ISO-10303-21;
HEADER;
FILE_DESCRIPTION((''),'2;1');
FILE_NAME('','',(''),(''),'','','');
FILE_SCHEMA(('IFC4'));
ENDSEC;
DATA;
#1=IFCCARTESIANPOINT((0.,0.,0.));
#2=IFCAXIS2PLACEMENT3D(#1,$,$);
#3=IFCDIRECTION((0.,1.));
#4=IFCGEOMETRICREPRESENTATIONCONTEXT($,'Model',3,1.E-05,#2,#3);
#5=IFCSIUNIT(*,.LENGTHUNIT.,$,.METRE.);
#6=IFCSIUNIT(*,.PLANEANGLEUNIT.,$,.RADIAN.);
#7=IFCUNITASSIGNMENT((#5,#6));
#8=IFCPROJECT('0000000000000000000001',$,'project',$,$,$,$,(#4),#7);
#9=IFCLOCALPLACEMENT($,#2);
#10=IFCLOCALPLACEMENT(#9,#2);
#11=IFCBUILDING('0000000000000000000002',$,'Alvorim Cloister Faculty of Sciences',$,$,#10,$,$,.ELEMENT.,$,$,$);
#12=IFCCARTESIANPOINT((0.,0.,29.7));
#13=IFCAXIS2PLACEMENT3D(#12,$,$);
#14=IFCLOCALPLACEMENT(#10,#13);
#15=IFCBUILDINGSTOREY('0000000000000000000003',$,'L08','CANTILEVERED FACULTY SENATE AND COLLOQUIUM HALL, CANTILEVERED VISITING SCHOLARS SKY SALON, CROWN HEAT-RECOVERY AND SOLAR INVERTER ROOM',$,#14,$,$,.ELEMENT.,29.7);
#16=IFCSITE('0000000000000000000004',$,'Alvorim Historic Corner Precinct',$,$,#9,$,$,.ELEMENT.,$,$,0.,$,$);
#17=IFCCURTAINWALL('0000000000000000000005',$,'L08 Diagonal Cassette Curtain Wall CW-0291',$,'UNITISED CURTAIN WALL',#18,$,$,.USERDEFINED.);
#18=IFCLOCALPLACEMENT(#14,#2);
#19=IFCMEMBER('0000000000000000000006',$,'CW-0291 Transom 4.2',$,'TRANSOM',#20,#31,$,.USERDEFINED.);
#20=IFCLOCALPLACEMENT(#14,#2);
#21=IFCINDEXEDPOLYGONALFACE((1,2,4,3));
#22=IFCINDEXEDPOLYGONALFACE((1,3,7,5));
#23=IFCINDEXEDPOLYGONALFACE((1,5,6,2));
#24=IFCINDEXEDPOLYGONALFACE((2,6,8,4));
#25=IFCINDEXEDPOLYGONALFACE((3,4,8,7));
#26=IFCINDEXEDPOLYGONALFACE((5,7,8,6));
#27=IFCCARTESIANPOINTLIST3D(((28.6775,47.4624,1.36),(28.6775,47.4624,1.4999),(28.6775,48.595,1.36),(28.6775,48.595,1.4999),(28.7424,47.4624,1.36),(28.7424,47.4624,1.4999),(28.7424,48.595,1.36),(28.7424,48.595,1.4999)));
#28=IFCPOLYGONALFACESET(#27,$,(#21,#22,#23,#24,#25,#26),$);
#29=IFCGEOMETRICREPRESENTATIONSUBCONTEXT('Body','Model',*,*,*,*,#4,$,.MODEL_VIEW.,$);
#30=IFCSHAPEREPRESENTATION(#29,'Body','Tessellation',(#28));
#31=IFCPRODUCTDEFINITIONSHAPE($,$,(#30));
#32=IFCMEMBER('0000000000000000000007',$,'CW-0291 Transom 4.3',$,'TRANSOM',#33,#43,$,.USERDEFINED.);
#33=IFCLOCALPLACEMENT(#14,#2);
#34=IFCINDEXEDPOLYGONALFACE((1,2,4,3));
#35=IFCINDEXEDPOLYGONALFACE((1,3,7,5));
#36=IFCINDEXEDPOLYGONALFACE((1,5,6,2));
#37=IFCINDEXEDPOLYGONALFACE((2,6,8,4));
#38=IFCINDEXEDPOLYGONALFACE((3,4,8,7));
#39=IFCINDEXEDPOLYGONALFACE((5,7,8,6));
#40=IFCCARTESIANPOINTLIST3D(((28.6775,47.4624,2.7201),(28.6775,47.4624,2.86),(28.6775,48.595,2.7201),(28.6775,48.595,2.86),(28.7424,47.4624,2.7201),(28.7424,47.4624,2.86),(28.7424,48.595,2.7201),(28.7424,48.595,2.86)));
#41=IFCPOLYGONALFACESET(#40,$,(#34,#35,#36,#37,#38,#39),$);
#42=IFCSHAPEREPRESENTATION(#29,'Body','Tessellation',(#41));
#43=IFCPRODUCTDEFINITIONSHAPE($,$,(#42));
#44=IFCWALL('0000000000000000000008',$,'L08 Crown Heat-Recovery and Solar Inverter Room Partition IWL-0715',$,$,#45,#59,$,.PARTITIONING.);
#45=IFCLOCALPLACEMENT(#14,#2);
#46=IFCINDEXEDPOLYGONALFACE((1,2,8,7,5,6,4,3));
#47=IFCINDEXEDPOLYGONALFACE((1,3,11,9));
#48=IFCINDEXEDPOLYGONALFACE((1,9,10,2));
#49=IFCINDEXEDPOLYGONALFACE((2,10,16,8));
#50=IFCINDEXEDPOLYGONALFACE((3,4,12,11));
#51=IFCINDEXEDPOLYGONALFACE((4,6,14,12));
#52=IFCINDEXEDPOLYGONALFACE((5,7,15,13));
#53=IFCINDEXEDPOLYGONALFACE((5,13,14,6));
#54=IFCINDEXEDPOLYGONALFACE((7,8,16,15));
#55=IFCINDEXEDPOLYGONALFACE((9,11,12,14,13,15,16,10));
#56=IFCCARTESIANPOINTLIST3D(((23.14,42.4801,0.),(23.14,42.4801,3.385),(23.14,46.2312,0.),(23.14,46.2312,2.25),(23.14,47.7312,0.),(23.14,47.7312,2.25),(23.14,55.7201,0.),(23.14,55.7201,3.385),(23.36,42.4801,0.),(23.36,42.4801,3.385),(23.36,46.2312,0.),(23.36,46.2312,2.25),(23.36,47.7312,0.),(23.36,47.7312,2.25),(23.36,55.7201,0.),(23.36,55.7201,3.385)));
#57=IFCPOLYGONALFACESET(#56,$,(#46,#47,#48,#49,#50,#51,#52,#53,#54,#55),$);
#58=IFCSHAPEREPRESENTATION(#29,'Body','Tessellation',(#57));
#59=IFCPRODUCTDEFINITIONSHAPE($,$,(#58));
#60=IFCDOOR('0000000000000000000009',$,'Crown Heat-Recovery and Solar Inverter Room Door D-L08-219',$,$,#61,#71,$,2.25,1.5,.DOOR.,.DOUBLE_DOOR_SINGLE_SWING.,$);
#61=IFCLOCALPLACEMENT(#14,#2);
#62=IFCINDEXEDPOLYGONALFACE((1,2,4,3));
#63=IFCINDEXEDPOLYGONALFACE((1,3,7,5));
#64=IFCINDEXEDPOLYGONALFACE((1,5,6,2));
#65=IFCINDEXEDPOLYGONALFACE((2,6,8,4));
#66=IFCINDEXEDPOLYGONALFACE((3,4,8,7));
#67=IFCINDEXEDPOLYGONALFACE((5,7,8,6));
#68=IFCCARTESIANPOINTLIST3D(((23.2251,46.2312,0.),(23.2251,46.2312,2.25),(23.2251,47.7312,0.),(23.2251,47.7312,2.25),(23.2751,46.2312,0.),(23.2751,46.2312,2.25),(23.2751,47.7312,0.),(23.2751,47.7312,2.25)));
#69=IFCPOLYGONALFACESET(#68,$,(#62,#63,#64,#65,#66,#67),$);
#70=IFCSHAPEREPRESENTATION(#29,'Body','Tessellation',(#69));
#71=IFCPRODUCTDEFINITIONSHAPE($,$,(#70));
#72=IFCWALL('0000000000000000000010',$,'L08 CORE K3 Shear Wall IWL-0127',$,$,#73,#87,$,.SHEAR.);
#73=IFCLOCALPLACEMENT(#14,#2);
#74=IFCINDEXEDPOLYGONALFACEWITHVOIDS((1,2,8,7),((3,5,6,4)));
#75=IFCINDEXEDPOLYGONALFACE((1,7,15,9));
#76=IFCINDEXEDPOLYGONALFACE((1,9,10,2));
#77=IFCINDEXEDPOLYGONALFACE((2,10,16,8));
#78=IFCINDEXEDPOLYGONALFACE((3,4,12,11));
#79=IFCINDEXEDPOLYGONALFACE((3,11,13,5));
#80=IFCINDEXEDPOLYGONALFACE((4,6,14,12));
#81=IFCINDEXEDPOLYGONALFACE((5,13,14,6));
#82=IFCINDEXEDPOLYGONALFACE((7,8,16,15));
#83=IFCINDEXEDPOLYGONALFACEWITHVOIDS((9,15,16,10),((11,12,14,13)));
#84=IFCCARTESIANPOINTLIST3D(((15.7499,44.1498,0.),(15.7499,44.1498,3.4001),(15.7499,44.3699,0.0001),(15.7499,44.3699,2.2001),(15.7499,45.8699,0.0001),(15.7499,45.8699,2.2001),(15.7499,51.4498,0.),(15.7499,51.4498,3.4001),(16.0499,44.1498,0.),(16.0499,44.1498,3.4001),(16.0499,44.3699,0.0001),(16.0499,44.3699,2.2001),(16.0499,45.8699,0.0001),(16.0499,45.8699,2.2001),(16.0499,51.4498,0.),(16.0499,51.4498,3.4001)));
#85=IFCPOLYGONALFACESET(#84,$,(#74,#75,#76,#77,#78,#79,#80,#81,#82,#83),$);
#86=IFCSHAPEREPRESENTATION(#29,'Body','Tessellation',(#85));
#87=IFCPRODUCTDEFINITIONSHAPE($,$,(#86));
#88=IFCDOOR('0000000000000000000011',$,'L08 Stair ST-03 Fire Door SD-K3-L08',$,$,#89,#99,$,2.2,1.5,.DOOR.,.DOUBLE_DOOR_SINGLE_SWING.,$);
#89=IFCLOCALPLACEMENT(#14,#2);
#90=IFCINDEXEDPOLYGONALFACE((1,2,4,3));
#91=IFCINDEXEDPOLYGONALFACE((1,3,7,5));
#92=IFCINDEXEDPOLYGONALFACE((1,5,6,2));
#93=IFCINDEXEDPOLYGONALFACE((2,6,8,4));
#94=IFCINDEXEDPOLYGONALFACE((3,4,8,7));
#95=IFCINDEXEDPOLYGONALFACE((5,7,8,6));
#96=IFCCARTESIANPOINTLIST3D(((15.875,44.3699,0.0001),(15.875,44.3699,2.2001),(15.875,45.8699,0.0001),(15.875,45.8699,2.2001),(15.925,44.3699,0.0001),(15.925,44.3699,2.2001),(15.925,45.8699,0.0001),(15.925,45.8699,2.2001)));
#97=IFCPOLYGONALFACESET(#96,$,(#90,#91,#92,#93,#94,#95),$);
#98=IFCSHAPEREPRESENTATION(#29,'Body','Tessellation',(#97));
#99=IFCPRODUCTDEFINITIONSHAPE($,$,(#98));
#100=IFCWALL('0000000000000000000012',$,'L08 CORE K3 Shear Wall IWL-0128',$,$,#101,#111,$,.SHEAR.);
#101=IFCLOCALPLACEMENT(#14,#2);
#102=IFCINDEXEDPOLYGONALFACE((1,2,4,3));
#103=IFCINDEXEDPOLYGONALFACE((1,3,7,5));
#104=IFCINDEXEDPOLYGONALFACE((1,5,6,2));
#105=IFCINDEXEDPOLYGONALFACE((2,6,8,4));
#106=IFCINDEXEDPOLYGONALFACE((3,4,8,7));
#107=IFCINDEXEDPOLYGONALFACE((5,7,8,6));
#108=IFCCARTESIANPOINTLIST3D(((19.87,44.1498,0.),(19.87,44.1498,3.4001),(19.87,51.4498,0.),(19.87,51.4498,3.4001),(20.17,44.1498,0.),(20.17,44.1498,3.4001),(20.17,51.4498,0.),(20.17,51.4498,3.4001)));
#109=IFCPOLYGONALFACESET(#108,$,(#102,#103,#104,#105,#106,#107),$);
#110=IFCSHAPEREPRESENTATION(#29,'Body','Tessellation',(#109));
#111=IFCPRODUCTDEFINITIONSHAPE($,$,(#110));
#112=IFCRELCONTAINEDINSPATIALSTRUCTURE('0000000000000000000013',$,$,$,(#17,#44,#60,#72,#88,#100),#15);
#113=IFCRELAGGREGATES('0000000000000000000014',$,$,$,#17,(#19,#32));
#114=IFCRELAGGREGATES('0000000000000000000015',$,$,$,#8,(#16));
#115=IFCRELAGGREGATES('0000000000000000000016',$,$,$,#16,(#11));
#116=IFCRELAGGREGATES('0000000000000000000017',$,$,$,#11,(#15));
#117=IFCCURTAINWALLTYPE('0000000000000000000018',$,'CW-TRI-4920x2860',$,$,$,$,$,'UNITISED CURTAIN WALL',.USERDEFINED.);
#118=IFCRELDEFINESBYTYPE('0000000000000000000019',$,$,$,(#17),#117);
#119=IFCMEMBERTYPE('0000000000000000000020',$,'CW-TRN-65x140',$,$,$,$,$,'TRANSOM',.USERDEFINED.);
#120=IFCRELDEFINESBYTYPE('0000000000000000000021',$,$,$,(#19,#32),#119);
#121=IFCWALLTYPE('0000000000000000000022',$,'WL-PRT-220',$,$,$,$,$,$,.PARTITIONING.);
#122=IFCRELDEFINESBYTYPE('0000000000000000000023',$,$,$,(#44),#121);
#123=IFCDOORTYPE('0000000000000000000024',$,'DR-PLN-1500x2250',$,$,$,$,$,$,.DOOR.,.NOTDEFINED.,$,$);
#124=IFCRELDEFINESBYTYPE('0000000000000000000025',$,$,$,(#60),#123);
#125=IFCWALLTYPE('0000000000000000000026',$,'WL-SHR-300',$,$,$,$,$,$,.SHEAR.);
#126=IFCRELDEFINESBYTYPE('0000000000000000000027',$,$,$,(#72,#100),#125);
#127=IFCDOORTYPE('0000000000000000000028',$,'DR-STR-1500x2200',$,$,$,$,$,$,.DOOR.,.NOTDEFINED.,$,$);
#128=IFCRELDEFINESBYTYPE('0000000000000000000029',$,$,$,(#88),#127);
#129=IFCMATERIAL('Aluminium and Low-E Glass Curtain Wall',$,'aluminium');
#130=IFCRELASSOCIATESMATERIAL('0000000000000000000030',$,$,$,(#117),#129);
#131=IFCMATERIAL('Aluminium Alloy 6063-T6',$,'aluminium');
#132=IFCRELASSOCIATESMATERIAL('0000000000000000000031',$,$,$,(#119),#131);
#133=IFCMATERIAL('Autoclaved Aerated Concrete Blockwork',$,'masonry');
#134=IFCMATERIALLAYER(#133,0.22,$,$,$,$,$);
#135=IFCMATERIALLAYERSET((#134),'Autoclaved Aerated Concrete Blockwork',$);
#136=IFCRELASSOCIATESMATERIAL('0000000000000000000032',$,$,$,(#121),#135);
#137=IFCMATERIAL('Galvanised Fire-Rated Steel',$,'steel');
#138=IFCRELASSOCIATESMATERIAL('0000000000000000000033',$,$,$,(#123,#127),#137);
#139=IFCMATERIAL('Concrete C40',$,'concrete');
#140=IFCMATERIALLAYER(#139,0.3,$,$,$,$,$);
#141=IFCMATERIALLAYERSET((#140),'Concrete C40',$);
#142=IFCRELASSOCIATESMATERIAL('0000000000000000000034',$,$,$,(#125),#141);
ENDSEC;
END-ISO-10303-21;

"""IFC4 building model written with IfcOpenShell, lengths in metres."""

from ifc_helpers import new_model, si_unit, direction, frame, frame_2d, origin, origin_2d, place, context, subcontext, project, spatial, rectangle, extrude, material, layer, layer_set, material_profile, profile_set, type_object, element, fill, aggregate, save


model = new_model("IFC4")

# Units and contexts
model_context = context("Model", 3, precision=1e-05, world=origin(), true_north=direction((0.0, 1.0)))
body_context = subcontext(model_context, "Body", "Model", "MODEL_VIEW")
ifc_project = project(units=[si_unit("LENGTHUNIT", "METRE"), si_unit("PLANEANGLEUNIT", "RADIAN")], contexts=[model_context])

# Site, building, storey
site_placement = place(None, origin())
site = spatial("IfcSite", under=ifc_project, at=site_placement, Name="Alvorim Historic Corner Precinct", CompositionType="ELEMENT", RefElevation=0.0)
building_placement = place(site_placement, origin())
building = spatial("IfcBuilding", under=site, at=building_placement, Name="Alvorim Cloister Faculty of Sciences", CompositionType="ELEMENT")
storey_placement = place(building_placement, frame((0.0, 0.0, 29.7)))
storey = spatial("IfcBuildingStorey", under=building, at=storey_placement, Name="L08", Description="CANTILEVERED FACULTY SENATE AND COLLOQUIUM HALL, CANTILEVERED VISITING SCHOLARS SKY SALON, CROWN HEAT-RECOVERY AND SOLAR INVERTER ROOM", CompositionType="ELEMENT", Elevation=29.7)

# Shared definitions
ifc_material_1 = material(Name="Aluminium and Low-E Glass Curtain Wall", Category="aluminium")
ifc_material_2 = material(Name="Aluminium Alloy 6063-T6", Category="aluminium")

# Curtain wall
curtain_wall_type_1 = type_object("IfcCurtainWallType", Name="CW-TRI-4920x2860", ElementType="UNITISED CURTAIN WALL", PredefinedType="USERDEFINED", material=ifc_material_1)
curtain_wall_1_placement = place(storey_placement, origin())
curtain_wall_1 = element("IfcCurtainWall", 1, at=curtain_wall_1_placement, inside=storey, type_object=curtain_wall_type_1, Name="L08 Diagonal Cassette Curtain Wall CW-0291", ObjectType="UNITISED CURTAIN WALL", PredefinedType="USERDEFINED")

# Members
ifc_material_profile_1 = material_profile(ifc_material_2, rectangle(XDim=0.0649, YDim=0.1399, at=origin_2d()), Name="ALU-TRN-65x140")
ifc_profile_set_1 = profile_set([ifc_material_profile_1], Name="Aluminium Alloy 6063-T6")
member_type_1 = type_object("IfcMemberType", Name="CW-TRN-65x140", ElementType="TRANSOM", PredefinedType="USERDEFINED", material=ifc_profile_set_1)
member_1_placement = place(storey_placement, frame((28.71, 47.4624, 1.4299), z_axis=(0.0, 1.0, 0.0), x_axis=(-1.0, 0.0, 0.0)))
member_1 = element("IfcMember", 2, at=member_1_placement, type_object=member_type_1, Name="CW-0291 Transom 4.2", ObjectType="TRANSOM", PredefinedType="USERDEFINED", context=body_context, shape_type="SweptSolid", body=[
    extrude(rectangle(XDim=0.0649, YDim=0.1399, at=origin_2d()), origin(), (0.0, 0.0, 1.0), 1.1326),
])
member_2_placement = place(storey_placement, frame((28.71, 47.4624, 2.79), z_axis=(0.0, 1.0, 0.0), x_axis=(-1.0, 0.0, 0.0)))
member_2 = element("IfcMember", 3, at=member_2_placement, type_object=member_type_1, Name="CW-0291 Transom 4.3", ObjectType="TRANSOM", PredefinedType="USERDEFINED", context=body_context, shape_type="SweptSolid", body=[
    extrude(rectangle(XDim=0.0649, YDim=0.1399, at=origin_2d()), origin(), (0.0, 0.0, 1.0), 1.1326),
])
aggregate(curtain_wall_1, [member_1, member_2])

# Walls, openings, doors
ifc_material_3 = material(Name="Autoclaved Aerated Concrete Blockwork", Category="masonry")
ifc_layer_1 = layer(ifc_material_3, 0.22)
ifc_layer_set_1 = layer_set([ifc_layer_1], Name="Autoclaved Aerated Concrete Blockwork")
wall_type_1 = type_object("IfcWallType", Name="WL-PRT-220", PredefinedType="PARTITIONING", material=ifc_layer_set_1)
wall_1_placement = place(storey_placement, frame((23.25, 42.48, 0.0), z_axis=(0.0, 0.0, 1.0), x_axis=(0.0, 1.0, 0.0)))
wall_1 = element("IfcWall", 4, at=wall_1_placement, inside=storey, type_object=wall_type_1, Name="L08 Crown Heat-Recovery and Solar Inverter Room Partition IWL-0715", PredefinedType="PARTITIONING", context=body_context, shape_type="SweptSolid", body=[
    extrude(rectangle(XDim=13.24, YDim=0.22, at=frame_2d((6.6201, 0.0))), origin(), (0.0, 0.0, 1.0), 3.385),
])
opening_1_placement = place(wall_1_placement, frame((3.7512, 0.0, 0.0)))
opening_1 = element("IfcOpeningElement", 5, at=opening_1_placement, cuts=wall_1, PredefinedType="OPENING", context=body_context, shape_type="SweptSolid", body=[
    extrude(rectangle(XDim=1.5, YDim=2.25, at=frame_2d((0.75, 1.125))), frame((0.0, 0.1221, 0.0), z_axis=(0.0, -1.0, 0.0), x_axis=(1.0, 0.0, 0.0)), (0.0, 0.0, 1.0), 0.2439),
])
ifc_material_4 = material(Name="Galvanised Fire-Rated Steel", Category="steel")
door_type_1 = type_object("IfcDoorType", Name="DR-PLN-1500x2250", OperationType="NOTDEFINED", PredefinedType="DOOR", material=ifc_material_4)
door_1_placement = place(opening_1_placement, origin())
door_1 = element("IfcDoor", 6, at=door_1_placement, inside=storey, type_object=door_type_1, Name="Crown Heat-Recovery and Solar Inverter Room Door D-L08-219", OperationType="DOUBLE_DOOR_SINGLE_SWING", OverallHeight=2.25, OverallWidth=1.5, PredefinedType="DOOR", context=body_context, shape_type="SweptSolid", body=[
    extrude(rectangle(XDim=1.5, YDim=2.25, at=frame_2d((0.75, 1.125))), frame((0.0, 0.0249, 0.0), z_axis=(0.0, -1.0, 0.0), x_axis=(1.0, 0.0, 0.0)), (0.0, 0.0, 1.0), 0.05),
])
fill(opening_1, door_1)
ifc_material_5 = material(Name="Concrete C40", Category="concrete")
ifc_layer_2 = layer(ifc_material_5, 0.3)
ifc_layer_set_2 = layer_set([ifc_layer_2], Name="Concrete C40")
wall_type_2 = type_object("IfcWallType", Name="WL-SHR-300", PredefinedType="SHEAR", material=ifc_layer_set_2)
wall_2_placement = place(storey_placement, frame((15.8999, 44.1499, 0.0), z_axis=(0.0, 0.0, 1.0), x_axis=(0.0, 1.0, 0.0)))
wall_2 = element("IfcWall", 7, at=wall_2_placement, inside=storey, type_object=wall_type_2, Name="L08 CORE K3 Shear Wall IWL-0127", PredefinedType="SHEAR", context=body_context, shape_type="SweptSolid", body=[
    extrude(rectangle(XDim=7.3, YDim=0.3, at=frame_2d((3.6499, 0.0))), origin(), (0.0, 0.0, 1.0), 3.4001),
])
opening_2_placement = place(wall_2_placement, frame((0.22, 0.0, 0.0)))
opening_2 = element("IfcOpeningElement", 8, at=opening_2_placement, cuts=wall_2, PredefinedType="OPENING", context=body_context, shape_type="SweptSolid", body=[
    extrude(rectangle(XDim=1.5, YDim=2.2, at=frame_2d((0.75, 1.1001))), frame((0.0, 0.1621, 0.0), z_axis=(0.0, -1.0, 0.0), x_axis=(1.0, 0.0, 0.0)), (0.0, 0.0, 1.0), 0.324),
])
door_type_2 = type_object("IfcDoorType", Name="DR-STR-1500x2200", OperationType="NOTDEFINED", PredefinedType="DOOR", material=ifc_material_4)
door_2_placement = place(opening_2_placement, origin())
door_2 = element("IfcDoor", 9, at=door_2_placement, inside=storey, type_object=door_type_2, Name="L08 Stair ST-03 Fire Door SD-K3-L08", OperationType="DOUBLE_DOOR_SINGLE_SWING", OverallHeight=2.2, OverallWidth=1.5, PredefinedType="DOOR", context=body_context, shape_type="SweptSolid", body=[
    extrude(rectangle(XDim=1.5, YDim=2.2, at=frame_2d((0.75, 1.1001))), frame((0.0, 0.0249, 0.0), z_axis=(0.0, -1.0, 0.0), x_axis=(1.0, 0.0, 0.0)), (0.0, 0.0, 1.0), 0.05),
])
fill(opening_2, door_2)

# Wall
wall_3_placement = place(storey_placement, frame((20.02, 44.1499, 0.0), z_axis=(0.0, 0.0, 1.0), x_axis=(0.0, 1.0, 0.0)))
element("IfcWall", 10, at=wall_3_placement, inside=storey, type_object=wall_type_2, Name="L08 CORE K3 Shear Wall IWL-0128", PredefinedType="SHEAR", context=body_context, shape_type="SweptSolid", body=[
    extrude(rectangle(XDim=7.3, YDim=0.3, at=frame_2d((3.6499, 0.0))), origin(), (0.0, 0.0, 1.0), 3.4001),
])

save(model, "model.ifc")
